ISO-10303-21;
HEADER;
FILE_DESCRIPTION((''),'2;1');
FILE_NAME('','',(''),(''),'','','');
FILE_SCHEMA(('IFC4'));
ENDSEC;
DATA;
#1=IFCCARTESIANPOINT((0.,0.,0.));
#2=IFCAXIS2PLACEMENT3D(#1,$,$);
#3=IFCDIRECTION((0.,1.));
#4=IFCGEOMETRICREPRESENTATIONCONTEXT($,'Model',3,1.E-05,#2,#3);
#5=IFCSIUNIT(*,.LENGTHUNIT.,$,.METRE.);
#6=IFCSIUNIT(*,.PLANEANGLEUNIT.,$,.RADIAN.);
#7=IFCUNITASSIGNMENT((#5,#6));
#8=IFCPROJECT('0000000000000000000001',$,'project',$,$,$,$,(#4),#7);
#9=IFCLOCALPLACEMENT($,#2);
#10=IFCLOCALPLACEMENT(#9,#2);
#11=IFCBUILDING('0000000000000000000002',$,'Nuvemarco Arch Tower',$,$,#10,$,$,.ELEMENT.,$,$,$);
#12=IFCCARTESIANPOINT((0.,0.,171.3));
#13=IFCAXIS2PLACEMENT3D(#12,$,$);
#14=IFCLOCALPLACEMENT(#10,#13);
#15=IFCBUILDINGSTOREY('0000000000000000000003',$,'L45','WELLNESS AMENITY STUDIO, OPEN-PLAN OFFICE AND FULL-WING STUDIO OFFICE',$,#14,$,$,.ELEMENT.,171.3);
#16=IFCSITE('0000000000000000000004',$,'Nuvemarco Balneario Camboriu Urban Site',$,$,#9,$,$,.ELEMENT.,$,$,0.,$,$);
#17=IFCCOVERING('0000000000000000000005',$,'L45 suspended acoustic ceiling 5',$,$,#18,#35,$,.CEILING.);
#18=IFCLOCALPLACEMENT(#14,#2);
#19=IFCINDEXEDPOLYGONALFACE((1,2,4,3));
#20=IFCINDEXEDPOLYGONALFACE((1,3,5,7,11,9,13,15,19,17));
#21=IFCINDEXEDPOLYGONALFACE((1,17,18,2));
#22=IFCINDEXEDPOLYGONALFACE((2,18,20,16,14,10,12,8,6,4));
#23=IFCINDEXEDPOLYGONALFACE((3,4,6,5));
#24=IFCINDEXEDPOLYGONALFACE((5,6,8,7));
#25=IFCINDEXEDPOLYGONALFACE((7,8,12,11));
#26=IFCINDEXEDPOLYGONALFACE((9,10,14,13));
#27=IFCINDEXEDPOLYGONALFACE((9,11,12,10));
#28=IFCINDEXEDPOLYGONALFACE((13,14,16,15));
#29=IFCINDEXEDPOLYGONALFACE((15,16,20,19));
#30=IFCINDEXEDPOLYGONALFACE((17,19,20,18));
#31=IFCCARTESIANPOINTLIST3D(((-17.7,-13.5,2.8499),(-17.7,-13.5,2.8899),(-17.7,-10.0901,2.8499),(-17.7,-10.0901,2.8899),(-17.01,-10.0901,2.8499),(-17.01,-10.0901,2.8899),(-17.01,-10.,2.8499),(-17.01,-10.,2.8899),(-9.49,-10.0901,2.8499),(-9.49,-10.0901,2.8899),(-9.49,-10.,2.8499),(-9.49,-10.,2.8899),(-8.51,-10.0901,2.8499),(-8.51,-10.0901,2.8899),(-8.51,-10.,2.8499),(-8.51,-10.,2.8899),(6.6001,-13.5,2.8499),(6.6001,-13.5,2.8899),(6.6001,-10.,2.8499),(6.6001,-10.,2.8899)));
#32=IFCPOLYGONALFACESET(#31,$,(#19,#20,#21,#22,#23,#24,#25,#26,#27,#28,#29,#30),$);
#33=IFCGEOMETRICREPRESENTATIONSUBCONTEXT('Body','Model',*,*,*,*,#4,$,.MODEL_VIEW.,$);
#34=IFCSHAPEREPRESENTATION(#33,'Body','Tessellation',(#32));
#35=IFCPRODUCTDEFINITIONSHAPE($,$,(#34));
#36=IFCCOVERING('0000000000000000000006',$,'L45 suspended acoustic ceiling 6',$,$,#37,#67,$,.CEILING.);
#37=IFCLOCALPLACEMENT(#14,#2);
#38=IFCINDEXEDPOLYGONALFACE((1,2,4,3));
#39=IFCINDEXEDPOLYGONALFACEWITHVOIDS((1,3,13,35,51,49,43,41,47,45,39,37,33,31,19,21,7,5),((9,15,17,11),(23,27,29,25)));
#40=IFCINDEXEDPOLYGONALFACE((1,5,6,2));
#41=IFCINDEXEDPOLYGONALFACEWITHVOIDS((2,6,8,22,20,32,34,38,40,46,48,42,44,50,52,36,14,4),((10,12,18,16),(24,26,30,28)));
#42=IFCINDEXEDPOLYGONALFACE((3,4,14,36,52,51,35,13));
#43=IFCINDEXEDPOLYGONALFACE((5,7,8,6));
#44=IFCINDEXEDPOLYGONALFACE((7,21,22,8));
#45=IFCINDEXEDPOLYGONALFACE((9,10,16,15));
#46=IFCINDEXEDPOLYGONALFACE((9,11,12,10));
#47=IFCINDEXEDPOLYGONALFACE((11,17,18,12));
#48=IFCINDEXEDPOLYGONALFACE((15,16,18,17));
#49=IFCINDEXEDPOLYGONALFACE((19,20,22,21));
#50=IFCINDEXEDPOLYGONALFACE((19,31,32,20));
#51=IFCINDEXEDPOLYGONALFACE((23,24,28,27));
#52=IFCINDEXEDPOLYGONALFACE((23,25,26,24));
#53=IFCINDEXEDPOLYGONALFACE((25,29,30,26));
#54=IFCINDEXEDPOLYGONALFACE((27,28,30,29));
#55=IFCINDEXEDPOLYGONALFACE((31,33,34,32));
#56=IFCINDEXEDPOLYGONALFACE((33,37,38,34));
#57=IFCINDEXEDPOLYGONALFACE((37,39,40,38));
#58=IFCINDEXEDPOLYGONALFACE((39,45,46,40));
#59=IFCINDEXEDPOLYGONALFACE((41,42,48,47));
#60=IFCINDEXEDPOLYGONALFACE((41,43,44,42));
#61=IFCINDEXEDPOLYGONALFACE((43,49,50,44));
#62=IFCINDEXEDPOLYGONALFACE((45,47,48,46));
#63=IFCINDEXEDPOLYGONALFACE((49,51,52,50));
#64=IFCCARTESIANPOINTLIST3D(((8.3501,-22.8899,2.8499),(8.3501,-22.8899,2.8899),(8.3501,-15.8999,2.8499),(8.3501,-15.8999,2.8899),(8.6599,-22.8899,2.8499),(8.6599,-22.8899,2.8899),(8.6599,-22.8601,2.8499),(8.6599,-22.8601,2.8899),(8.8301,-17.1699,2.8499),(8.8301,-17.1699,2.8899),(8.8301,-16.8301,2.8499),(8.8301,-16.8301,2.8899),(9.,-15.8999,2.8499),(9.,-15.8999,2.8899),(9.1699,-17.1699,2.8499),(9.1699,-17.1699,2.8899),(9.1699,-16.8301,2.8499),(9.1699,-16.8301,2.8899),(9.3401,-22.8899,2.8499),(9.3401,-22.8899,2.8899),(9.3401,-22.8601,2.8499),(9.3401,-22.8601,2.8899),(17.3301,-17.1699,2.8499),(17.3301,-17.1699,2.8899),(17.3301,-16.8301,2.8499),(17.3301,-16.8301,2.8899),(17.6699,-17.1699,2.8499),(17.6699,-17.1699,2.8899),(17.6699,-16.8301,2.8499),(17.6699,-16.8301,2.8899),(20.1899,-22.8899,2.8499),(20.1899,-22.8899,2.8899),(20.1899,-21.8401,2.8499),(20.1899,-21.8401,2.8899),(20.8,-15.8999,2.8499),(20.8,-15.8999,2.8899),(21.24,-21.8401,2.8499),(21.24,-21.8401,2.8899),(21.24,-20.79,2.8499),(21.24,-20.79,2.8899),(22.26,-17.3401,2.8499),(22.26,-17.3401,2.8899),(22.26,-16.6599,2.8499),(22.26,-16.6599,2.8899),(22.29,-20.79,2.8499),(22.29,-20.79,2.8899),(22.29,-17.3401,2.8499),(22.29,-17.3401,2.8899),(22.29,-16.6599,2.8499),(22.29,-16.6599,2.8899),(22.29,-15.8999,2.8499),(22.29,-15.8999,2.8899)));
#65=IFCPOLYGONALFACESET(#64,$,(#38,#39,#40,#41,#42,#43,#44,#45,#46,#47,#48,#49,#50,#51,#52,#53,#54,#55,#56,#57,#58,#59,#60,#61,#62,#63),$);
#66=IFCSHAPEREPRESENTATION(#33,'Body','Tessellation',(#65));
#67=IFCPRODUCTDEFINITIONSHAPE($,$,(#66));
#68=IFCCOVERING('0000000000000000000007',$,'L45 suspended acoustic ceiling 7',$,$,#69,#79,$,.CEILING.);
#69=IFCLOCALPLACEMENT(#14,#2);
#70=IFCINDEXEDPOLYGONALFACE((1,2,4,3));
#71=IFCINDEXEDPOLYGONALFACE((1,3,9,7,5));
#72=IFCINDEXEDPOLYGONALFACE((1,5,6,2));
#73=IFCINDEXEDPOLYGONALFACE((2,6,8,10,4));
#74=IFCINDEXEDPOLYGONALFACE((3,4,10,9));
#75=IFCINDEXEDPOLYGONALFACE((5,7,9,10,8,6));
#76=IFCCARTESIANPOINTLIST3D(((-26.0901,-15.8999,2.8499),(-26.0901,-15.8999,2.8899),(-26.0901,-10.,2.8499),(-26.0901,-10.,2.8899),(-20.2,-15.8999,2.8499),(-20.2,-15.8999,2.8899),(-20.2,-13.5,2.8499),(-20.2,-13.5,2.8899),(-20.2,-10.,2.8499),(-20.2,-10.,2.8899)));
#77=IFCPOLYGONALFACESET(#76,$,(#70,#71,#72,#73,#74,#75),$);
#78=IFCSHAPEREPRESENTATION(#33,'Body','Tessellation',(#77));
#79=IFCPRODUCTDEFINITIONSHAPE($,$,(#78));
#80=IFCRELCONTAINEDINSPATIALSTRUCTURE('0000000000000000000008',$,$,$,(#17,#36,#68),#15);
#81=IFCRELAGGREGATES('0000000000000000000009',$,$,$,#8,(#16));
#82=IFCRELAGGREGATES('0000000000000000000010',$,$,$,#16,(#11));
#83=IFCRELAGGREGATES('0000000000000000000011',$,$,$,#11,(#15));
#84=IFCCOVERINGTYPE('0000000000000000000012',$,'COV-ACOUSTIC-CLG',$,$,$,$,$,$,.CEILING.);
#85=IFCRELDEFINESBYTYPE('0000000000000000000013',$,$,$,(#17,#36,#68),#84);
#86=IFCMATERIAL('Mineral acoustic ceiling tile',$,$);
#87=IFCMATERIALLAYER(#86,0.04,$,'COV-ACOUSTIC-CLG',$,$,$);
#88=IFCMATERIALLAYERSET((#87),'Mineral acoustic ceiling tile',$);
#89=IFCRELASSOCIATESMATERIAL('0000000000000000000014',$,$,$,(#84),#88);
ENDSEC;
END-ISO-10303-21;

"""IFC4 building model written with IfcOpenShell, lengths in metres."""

from ifc_helpers import new_model, si_unit, direction, frame, origin, place, context, subcontext, project, spatial, polyline, outline, extrude, material, layer, layer_set, type_object, element, save


model = new_model("IFC4")

# Units and contexts
model_context = context("Model", 3, precision=1e-05, world=origin(), true_north=direction((0.0, 1.0)))
body_context = subcontext(model_context, "Body", "Model", "MODEL_VIEW")
ifc_project = project(units=[si_unit("LENGTHUNIT", "METRE"), si_unit("PLANEANGLEUNIT", "RADIAN")], contexts=[model_context])

# Site, building, storey
site_placement = place(None, origin())
site = spatial("IfcSite", under=ifc_project, at=site_placement, Name="Nuvemarco Balneario Camboriu Urban Site", CompositionType="ELEMENT", RefElevation=0.0)
building_placement = place(site_placement, origin())
building = spatial("IfcBuilding", under=site, at=building_placement, Name="Nuvemarco Arch Tower", CompositionType="ELEMENT")
storey_placement = place(building_placement, frame((0.0, 0.0, 171.3)))
storey = spatial("IfcBuildingStorey", under=building, at=storey_placement, Name="L45", Description="WELLNESS AMENITY STUDIO, OPEN-PLAN OFFICE AND FULL-WING STUDIO OFFICE", CompositionType="ELEMENT", Elevation=171.3)

# Coverings
ifc_material_1 = material(Name="Mineral acoustic ceiling tile")
ifc_layer_1 = layer(ifc_material_1, 0.04, Name="COV-ACOUSTIC-CLG")
ifc_layer_set_1 = layer_set([ifc_layer_1], Name="Mineral acoustic ceiling tile")
covering_type = type_object("IfcCoveringType", Name="COV-ACOUSTIC-CLG", PredefinedType="CEILING", material=ifc_layer_set_1)
covering_1_placement = place(storey_placement, frame((0.0, 0.0, 2.8499)))
element("IfcCovering", 1, at=covering_1_placement, inside=storey, type_object=covering_type, Name="L45 suspended acoustic ceiling 5", PredefinedType="CEILING", context=body_context, shape_type="SweptSolid", body=[
    extrude(outline(polyline([(-9.49, -10.0901), (-8.51, -10.0901), (-8.51, -10.0), (6.6001, -10.0), (6.6001, -13.5), (-17.7, -13.5), (-17.7, -10.0901), (-17.01, -10.0901), (-17.01, -10.0), (-9.49, -10.0), (-9.49, -10.0901)])), origin(), (0.0, 0.0, 1.0), 0.04),
])
covering_2_placement = place(storey_placement, frame((0.0, 0.0, 2.8499)))
element("IfcCovering", 2, at=covering_2_placement, inside=storey, type_object=covering_type, Name="L45 suspended acoustic ceiling 6", PredefinedType="CEILING", context=body_context, shape_type="SweptSolid", body=[
    extrude(outline(polyline([(20.1899, -22.8899), (9.3401, -22.8899), (9.3401, -22.8601), (8.6599, -22.8601), (8.6599, -22.8899), (8.3501, -22.8899), (8.3501, -15.8999), (9.0, -15.8999), (20.8, -15.8999), (22.29, -15.8999), (22.29, -16.6599), (22.26, -16.6599), (22.26, -17.3401), (22.29, -17.3401), (22.29, -20.79), (21.24, -20.79), (21.24, -21.8401), (20.1899, -21.8401), (20.1899, -22.8899)]), holes=[polyline([(9.1699, -17.1699), (9.1699, -16.8301), (8.8301, -16.8301), (8.8301, -17.1699), (9.1699, -17.1699)]), polyline([(17.6699, -17.1699), (17.6699, -16.8301), (17.3301, -16.8301), (17.3301, -17.1699), (17.6699, -17.1699)])]), origin(), (0.0, 0.0, 1.0), 0.04),
])
covering_3_placement = place(storey_placement, frame((0.0, 0.0, 2.8499)))
element("IfcCovering", 3, at=covering_3_placement, inside=storey, type_object=covering_type, Name="L45 suspended acoustic ceiling 7", PredefinedType="CEILING", context=body_context, shape_type="SweptSolid", body=[
    extrude(outline(polyline([(-20.2, -13.5), (-20.2, -15.8999), (-26.0901, -15.8999), (-26.0901, -10.0), (-20.2, -10.0), (-20.2, -13.5)])), origin(), (0.0, 0.0, 1.0), 0.04),
])

save(model, "model.ifc")
